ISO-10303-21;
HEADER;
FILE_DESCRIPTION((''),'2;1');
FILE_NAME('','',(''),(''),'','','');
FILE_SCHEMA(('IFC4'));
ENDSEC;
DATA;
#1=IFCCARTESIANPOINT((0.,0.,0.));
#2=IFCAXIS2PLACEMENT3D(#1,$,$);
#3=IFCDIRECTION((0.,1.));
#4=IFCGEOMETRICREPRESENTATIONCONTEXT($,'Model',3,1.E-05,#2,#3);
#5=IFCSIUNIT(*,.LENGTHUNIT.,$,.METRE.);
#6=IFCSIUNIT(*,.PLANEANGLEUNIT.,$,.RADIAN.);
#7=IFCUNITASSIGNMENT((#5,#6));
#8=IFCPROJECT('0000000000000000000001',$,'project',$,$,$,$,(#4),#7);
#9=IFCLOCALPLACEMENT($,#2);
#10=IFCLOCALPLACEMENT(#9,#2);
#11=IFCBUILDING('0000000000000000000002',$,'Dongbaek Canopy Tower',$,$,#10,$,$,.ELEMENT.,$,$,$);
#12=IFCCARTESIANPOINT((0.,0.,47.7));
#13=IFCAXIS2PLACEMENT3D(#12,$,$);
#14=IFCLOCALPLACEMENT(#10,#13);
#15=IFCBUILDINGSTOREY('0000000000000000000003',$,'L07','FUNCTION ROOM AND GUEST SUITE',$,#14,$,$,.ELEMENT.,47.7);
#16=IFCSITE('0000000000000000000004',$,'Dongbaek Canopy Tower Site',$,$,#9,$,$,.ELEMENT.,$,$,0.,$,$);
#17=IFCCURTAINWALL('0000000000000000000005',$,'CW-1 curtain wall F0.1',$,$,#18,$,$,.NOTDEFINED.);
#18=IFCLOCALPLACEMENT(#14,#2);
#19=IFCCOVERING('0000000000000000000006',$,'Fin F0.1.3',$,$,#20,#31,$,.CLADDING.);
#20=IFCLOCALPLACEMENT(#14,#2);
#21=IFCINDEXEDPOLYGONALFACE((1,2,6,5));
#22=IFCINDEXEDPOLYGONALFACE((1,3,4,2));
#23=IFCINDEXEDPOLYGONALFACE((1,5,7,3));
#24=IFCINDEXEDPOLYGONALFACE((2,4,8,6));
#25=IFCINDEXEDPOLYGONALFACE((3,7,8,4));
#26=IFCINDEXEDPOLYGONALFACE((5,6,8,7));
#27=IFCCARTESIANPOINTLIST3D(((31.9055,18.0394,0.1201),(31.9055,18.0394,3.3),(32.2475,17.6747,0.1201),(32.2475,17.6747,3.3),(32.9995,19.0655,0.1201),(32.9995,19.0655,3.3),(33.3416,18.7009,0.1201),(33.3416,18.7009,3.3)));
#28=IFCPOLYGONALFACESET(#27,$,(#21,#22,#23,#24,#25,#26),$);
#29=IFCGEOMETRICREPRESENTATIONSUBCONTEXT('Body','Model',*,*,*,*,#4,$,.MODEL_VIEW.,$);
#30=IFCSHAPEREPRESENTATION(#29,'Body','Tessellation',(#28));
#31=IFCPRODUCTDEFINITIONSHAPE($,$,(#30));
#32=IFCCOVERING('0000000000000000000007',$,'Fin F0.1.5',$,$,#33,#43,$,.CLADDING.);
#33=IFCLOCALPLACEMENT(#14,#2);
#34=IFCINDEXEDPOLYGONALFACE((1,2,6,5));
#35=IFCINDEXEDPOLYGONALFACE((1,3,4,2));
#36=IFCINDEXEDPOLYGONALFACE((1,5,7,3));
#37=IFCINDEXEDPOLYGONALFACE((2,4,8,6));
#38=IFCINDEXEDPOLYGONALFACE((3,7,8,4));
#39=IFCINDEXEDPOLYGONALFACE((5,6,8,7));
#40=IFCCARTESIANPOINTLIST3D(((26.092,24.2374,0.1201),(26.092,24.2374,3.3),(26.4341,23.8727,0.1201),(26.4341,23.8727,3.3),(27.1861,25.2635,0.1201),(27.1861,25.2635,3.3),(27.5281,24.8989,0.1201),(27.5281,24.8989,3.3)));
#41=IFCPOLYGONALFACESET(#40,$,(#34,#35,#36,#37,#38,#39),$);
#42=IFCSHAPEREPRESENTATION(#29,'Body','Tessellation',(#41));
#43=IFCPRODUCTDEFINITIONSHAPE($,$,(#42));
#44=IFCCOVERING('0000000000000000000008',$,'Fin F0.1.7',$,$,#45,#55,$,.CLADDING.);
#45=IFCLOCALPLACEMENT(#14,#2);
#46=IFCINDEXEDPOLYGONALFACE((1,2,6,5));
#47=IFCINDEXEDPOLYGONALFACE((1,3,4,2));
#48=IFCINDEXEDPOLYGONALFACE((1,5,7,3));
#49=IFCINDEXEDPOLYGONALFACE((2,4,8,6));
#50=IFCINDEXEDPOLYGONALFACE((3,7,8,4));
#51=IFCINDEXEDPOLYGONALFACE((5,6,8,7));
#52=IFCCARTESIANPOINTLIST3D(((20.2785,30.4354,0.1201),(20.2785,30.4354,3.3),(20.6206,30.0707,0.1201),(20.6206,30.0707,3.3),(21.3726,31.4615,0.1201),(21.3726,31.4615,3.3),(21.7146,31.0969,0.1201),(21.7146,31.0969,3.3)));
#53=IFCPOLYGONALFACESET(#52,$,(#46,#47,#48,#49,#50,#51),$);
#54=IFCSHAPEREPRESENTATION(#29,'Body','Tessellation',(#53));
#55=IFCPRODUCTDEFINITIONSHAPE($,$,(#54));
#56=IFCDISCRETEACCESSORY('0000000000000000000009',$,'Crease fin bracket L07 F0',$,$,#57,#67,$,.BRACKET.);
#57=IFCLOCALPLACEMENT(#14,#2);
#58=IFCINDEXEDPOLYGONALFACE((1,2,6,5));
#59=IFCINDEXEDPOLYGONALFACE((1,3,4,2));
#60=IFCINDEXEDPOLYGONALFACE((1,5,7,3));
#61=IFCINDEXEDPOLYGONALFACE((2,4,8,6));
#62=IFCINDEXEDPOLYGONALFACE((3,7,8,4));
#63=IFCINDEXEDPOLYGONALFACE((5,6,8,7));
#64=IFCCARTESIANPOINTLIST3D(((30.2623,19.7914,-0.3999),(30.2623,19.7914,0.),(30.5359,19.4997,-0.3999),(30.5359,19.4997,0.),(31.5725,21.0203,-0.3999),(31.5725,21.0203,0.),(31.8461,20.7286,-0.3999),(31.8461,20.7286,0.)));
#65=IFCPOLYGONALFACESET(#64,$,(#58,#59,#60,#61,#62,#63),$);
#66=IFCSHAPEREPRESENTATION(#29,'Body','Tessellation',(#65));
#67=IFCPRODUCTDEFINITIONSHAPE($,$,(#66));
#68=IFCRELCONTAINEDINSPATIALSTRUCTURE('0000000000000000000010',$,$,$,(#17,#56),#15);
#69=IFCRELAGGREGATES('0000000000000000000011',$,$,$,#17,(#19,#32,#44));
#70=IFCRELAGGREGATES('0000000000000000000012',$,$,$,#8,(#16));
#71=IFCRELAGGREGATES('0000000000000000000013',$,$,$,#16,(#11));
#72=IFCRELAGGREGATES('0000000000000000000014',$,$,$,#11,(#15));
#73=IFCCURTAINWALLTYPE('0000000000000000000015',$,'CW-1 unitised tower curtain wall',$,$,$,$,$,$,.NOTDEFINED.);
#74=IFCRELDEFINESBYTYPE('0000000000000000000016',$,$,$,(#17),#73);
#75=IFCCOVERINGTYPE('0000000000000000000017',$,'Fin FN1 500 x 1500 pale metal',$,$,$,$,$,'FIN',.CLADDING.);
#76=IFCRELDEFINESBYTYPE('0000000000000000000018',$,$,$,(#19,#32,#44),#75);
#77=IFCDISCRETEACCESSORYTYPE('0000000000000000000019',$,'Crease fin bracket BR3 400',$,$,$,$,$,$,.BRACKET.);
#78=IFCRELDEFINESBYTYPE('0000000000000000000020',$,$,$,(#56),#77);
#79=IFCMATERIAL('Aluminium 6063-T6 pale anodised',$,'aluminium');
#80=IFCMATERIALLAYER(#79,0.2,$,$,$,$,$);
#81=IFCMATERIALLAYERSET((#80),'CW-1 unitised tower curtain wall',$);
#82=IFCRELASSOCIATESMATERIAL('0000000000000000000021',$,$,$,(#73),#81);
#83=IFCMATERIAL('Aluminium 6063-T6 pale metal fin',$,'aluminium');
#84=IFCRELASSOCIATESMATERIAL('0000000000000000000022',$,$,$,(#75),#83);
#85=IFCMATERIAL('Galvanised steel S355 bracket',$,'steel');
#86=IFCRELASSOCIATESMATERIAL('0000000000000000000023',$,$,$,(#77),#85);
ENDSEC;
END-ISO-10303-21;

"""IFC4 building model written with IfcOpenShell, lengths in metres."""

from ifc_helpers import new_model, si_unit, direction, frame, origin, origin_2d, place, context, subcontext, project, spatial, rectangle, extrude, material, layer, layer_set, material_profile, profile_set, type_object, element, aggregate, save


model = new_model("IFC4")

# Units and contexts
model_context = context("Model", 3, precision=1e-05, world=origin(), true_north=direction((0.0, 1.0)))
body_context = subcontext(model_context, "Body", "Model", "MODEL_VIEW")
ifc_project = project(units=[si_unit("LENGTHUNIT", "METRE"), si_unit("PLANEANGLEUNIT", "RADIAN")], contexts=[model_context])

# Site, building, storey
site_placement = place(None, origin())
site = spatial("IfcSite", under=ifc_project, at=site_placement, Name="Dongbaek Canopy Tower Site", CompositionType="ELEMENT", RefElevation=0.0)
building_placement = place(site_placement, origin())
building = spatial("IfcBuilding", under=site, at=building_placement, Name="Dongbaek Canopy Tower", CompositionType="ELEMENT")
storey_placement = place(building_placement, frame((0.0, 0.0, 47.7)))
storey = spatial("IfcBuildingStorey", under=building, at=storey_placement, Name="L07", Description="FUNCTION ROOM AND GUEST SUITE", CompositionType="ELEMENT", Elevation=47.7)

# Curtain wall
ifc_material_1 = material(Name="Aluminium 6063-T6 pale anodised", Category="aluminium")
ifc_layer_1 = layer(ifc_material_1, 0.2)
ifc_layer_set_1 = layer_set([ifc_layer_1], Name="CW-1 unitised tower curtain wall")
curtain_wall_type = type_object("IfcCurtainWallType", Name="CW-1 unitised tower curtain wall", PredefinedType="NOTDEFINED", material=ifc_layer_set_1)
curtain_wall_placement = place(storey_placement, origin())
curtain_wall = element("IfcCurtainWall", 1, at=curtain_wall_placement, inside=storey, type_object=curtain_wall_type, Name="CW-1 curtain wall F0.1", PredefinedType="NOTDEFINED")

# Coverings
ifc_material_2 = material(Name="Aluminium 6063-T6 pale metal fin", Category="aluminium")
ifc_material_profile_1 = material_profile(ifc_material_2, rectangle(XDim=1.5, YDim=0.5, at=origin_2d()), Name="Fin FN1 500 x 1500 pale metal")
ifc_profile_set_1 = profile_set([ifc_material_profile_1], Name="Aluminium 6063-T6 pale metal fin")
covering_type_1 = type_object("IfcCoveringType", Name="Fin FN1 500 x 1500 pale metal", ElementType="FIN", PredefinedType="CLADDING", material=ifc_profile_set_1)
covering_1_placement = place(storey_placement, frame((32.6235, 18.3701, 0.1201), z_axis=(0.0, 0.0, 1.0), x_axis=(0.729369, 0.68412, 0.0)))
covering_1 = element("IfcCovering", 2, at=covering_1_placement, type_object=covering_type_1, Name="Fin F0.1.3", PredefinedType="CLADDING", context=body_context, shape_type="SweptSolid", body=[
    extrude(rectangle(XDim=1.5, YDim=0.5, at=origin_2d()), origin(), (0.0, 0.0, 1.0), 3.1799),
])
covering_2_placement = place(storey_placement, frame((26.8101, 24.5681, 0.1201), z_axis=(0.0, 0.0, 1.0), x_axis=(0.729369, 0.68412, 0.0)))
covering_2 = element("IfcCovering", 3, at=covering_2_placement, type_object=covering_type_1, Name="Fin F0.1.5", PredefinedType="CLADDING", context=body_context, shape_type="SweptSolid", body=[
    extrude(rectangle(XDim=1.5, YDim=0.5, at=origin_2d()), origin(), (0.0, 0.0, 1.0), 3.1799),
])
covering_3_placement = place(storey_placement, frame((20.9966, 30.7661, 0.1201), z_axis=(0.0, 0.0, 1.0), x_axis=(0.729369, 0.68412, 0.0)))
covering_3 = element("IfcCovering", 4, at=covering_3_placement, type_object=covering_type_1, Name="Fin F0.1.7", PredefinedType="CLADDING", context=body_context, shape_type="SweptSolid", body=[
    extrude(rectangle(XDim=1.5, YDim=0.5, at=origin_2d()), origin(), (0.0, 0.0, 1.0), 3.1799),
])
aggregate(curtain_wall, [covering_1, covering_2, covering_3])

# Discrete accessory
ifc_material_3 = material(Name="Galvanised steel S355 bracket", Category="steel")
discrete_accessory_type = type_object("IfcDiscreteAccessoryType", Name="Crease fin bracket BR3 400", PredefinedType="BRACKET", material=ifc_material_3)
discrete_accessory_placement = place(storey_placement, frame((31.0542, 20.26, -0.3999), z_axis=(0.0, 0.0, 1.0), x_axis=(0.729369, 0.684121, 0.0)))
element("IfcDiscreteAccessory", 5, at=discrete_accessory_placement, inside=storey, type_object=discrete_accessory_type, Name="Crease fin bracket L07 F0", PredefinedType="BRACKET", context=body_context, shape_type="SweptSolid", body=[
    extrude(rectangle(XDim=1.7964, YDim=0.3999, at=origin_2d()), origin(), (0.0, 0.0, 1.0), 0.3999),
])

save(model, "model.ifc")
